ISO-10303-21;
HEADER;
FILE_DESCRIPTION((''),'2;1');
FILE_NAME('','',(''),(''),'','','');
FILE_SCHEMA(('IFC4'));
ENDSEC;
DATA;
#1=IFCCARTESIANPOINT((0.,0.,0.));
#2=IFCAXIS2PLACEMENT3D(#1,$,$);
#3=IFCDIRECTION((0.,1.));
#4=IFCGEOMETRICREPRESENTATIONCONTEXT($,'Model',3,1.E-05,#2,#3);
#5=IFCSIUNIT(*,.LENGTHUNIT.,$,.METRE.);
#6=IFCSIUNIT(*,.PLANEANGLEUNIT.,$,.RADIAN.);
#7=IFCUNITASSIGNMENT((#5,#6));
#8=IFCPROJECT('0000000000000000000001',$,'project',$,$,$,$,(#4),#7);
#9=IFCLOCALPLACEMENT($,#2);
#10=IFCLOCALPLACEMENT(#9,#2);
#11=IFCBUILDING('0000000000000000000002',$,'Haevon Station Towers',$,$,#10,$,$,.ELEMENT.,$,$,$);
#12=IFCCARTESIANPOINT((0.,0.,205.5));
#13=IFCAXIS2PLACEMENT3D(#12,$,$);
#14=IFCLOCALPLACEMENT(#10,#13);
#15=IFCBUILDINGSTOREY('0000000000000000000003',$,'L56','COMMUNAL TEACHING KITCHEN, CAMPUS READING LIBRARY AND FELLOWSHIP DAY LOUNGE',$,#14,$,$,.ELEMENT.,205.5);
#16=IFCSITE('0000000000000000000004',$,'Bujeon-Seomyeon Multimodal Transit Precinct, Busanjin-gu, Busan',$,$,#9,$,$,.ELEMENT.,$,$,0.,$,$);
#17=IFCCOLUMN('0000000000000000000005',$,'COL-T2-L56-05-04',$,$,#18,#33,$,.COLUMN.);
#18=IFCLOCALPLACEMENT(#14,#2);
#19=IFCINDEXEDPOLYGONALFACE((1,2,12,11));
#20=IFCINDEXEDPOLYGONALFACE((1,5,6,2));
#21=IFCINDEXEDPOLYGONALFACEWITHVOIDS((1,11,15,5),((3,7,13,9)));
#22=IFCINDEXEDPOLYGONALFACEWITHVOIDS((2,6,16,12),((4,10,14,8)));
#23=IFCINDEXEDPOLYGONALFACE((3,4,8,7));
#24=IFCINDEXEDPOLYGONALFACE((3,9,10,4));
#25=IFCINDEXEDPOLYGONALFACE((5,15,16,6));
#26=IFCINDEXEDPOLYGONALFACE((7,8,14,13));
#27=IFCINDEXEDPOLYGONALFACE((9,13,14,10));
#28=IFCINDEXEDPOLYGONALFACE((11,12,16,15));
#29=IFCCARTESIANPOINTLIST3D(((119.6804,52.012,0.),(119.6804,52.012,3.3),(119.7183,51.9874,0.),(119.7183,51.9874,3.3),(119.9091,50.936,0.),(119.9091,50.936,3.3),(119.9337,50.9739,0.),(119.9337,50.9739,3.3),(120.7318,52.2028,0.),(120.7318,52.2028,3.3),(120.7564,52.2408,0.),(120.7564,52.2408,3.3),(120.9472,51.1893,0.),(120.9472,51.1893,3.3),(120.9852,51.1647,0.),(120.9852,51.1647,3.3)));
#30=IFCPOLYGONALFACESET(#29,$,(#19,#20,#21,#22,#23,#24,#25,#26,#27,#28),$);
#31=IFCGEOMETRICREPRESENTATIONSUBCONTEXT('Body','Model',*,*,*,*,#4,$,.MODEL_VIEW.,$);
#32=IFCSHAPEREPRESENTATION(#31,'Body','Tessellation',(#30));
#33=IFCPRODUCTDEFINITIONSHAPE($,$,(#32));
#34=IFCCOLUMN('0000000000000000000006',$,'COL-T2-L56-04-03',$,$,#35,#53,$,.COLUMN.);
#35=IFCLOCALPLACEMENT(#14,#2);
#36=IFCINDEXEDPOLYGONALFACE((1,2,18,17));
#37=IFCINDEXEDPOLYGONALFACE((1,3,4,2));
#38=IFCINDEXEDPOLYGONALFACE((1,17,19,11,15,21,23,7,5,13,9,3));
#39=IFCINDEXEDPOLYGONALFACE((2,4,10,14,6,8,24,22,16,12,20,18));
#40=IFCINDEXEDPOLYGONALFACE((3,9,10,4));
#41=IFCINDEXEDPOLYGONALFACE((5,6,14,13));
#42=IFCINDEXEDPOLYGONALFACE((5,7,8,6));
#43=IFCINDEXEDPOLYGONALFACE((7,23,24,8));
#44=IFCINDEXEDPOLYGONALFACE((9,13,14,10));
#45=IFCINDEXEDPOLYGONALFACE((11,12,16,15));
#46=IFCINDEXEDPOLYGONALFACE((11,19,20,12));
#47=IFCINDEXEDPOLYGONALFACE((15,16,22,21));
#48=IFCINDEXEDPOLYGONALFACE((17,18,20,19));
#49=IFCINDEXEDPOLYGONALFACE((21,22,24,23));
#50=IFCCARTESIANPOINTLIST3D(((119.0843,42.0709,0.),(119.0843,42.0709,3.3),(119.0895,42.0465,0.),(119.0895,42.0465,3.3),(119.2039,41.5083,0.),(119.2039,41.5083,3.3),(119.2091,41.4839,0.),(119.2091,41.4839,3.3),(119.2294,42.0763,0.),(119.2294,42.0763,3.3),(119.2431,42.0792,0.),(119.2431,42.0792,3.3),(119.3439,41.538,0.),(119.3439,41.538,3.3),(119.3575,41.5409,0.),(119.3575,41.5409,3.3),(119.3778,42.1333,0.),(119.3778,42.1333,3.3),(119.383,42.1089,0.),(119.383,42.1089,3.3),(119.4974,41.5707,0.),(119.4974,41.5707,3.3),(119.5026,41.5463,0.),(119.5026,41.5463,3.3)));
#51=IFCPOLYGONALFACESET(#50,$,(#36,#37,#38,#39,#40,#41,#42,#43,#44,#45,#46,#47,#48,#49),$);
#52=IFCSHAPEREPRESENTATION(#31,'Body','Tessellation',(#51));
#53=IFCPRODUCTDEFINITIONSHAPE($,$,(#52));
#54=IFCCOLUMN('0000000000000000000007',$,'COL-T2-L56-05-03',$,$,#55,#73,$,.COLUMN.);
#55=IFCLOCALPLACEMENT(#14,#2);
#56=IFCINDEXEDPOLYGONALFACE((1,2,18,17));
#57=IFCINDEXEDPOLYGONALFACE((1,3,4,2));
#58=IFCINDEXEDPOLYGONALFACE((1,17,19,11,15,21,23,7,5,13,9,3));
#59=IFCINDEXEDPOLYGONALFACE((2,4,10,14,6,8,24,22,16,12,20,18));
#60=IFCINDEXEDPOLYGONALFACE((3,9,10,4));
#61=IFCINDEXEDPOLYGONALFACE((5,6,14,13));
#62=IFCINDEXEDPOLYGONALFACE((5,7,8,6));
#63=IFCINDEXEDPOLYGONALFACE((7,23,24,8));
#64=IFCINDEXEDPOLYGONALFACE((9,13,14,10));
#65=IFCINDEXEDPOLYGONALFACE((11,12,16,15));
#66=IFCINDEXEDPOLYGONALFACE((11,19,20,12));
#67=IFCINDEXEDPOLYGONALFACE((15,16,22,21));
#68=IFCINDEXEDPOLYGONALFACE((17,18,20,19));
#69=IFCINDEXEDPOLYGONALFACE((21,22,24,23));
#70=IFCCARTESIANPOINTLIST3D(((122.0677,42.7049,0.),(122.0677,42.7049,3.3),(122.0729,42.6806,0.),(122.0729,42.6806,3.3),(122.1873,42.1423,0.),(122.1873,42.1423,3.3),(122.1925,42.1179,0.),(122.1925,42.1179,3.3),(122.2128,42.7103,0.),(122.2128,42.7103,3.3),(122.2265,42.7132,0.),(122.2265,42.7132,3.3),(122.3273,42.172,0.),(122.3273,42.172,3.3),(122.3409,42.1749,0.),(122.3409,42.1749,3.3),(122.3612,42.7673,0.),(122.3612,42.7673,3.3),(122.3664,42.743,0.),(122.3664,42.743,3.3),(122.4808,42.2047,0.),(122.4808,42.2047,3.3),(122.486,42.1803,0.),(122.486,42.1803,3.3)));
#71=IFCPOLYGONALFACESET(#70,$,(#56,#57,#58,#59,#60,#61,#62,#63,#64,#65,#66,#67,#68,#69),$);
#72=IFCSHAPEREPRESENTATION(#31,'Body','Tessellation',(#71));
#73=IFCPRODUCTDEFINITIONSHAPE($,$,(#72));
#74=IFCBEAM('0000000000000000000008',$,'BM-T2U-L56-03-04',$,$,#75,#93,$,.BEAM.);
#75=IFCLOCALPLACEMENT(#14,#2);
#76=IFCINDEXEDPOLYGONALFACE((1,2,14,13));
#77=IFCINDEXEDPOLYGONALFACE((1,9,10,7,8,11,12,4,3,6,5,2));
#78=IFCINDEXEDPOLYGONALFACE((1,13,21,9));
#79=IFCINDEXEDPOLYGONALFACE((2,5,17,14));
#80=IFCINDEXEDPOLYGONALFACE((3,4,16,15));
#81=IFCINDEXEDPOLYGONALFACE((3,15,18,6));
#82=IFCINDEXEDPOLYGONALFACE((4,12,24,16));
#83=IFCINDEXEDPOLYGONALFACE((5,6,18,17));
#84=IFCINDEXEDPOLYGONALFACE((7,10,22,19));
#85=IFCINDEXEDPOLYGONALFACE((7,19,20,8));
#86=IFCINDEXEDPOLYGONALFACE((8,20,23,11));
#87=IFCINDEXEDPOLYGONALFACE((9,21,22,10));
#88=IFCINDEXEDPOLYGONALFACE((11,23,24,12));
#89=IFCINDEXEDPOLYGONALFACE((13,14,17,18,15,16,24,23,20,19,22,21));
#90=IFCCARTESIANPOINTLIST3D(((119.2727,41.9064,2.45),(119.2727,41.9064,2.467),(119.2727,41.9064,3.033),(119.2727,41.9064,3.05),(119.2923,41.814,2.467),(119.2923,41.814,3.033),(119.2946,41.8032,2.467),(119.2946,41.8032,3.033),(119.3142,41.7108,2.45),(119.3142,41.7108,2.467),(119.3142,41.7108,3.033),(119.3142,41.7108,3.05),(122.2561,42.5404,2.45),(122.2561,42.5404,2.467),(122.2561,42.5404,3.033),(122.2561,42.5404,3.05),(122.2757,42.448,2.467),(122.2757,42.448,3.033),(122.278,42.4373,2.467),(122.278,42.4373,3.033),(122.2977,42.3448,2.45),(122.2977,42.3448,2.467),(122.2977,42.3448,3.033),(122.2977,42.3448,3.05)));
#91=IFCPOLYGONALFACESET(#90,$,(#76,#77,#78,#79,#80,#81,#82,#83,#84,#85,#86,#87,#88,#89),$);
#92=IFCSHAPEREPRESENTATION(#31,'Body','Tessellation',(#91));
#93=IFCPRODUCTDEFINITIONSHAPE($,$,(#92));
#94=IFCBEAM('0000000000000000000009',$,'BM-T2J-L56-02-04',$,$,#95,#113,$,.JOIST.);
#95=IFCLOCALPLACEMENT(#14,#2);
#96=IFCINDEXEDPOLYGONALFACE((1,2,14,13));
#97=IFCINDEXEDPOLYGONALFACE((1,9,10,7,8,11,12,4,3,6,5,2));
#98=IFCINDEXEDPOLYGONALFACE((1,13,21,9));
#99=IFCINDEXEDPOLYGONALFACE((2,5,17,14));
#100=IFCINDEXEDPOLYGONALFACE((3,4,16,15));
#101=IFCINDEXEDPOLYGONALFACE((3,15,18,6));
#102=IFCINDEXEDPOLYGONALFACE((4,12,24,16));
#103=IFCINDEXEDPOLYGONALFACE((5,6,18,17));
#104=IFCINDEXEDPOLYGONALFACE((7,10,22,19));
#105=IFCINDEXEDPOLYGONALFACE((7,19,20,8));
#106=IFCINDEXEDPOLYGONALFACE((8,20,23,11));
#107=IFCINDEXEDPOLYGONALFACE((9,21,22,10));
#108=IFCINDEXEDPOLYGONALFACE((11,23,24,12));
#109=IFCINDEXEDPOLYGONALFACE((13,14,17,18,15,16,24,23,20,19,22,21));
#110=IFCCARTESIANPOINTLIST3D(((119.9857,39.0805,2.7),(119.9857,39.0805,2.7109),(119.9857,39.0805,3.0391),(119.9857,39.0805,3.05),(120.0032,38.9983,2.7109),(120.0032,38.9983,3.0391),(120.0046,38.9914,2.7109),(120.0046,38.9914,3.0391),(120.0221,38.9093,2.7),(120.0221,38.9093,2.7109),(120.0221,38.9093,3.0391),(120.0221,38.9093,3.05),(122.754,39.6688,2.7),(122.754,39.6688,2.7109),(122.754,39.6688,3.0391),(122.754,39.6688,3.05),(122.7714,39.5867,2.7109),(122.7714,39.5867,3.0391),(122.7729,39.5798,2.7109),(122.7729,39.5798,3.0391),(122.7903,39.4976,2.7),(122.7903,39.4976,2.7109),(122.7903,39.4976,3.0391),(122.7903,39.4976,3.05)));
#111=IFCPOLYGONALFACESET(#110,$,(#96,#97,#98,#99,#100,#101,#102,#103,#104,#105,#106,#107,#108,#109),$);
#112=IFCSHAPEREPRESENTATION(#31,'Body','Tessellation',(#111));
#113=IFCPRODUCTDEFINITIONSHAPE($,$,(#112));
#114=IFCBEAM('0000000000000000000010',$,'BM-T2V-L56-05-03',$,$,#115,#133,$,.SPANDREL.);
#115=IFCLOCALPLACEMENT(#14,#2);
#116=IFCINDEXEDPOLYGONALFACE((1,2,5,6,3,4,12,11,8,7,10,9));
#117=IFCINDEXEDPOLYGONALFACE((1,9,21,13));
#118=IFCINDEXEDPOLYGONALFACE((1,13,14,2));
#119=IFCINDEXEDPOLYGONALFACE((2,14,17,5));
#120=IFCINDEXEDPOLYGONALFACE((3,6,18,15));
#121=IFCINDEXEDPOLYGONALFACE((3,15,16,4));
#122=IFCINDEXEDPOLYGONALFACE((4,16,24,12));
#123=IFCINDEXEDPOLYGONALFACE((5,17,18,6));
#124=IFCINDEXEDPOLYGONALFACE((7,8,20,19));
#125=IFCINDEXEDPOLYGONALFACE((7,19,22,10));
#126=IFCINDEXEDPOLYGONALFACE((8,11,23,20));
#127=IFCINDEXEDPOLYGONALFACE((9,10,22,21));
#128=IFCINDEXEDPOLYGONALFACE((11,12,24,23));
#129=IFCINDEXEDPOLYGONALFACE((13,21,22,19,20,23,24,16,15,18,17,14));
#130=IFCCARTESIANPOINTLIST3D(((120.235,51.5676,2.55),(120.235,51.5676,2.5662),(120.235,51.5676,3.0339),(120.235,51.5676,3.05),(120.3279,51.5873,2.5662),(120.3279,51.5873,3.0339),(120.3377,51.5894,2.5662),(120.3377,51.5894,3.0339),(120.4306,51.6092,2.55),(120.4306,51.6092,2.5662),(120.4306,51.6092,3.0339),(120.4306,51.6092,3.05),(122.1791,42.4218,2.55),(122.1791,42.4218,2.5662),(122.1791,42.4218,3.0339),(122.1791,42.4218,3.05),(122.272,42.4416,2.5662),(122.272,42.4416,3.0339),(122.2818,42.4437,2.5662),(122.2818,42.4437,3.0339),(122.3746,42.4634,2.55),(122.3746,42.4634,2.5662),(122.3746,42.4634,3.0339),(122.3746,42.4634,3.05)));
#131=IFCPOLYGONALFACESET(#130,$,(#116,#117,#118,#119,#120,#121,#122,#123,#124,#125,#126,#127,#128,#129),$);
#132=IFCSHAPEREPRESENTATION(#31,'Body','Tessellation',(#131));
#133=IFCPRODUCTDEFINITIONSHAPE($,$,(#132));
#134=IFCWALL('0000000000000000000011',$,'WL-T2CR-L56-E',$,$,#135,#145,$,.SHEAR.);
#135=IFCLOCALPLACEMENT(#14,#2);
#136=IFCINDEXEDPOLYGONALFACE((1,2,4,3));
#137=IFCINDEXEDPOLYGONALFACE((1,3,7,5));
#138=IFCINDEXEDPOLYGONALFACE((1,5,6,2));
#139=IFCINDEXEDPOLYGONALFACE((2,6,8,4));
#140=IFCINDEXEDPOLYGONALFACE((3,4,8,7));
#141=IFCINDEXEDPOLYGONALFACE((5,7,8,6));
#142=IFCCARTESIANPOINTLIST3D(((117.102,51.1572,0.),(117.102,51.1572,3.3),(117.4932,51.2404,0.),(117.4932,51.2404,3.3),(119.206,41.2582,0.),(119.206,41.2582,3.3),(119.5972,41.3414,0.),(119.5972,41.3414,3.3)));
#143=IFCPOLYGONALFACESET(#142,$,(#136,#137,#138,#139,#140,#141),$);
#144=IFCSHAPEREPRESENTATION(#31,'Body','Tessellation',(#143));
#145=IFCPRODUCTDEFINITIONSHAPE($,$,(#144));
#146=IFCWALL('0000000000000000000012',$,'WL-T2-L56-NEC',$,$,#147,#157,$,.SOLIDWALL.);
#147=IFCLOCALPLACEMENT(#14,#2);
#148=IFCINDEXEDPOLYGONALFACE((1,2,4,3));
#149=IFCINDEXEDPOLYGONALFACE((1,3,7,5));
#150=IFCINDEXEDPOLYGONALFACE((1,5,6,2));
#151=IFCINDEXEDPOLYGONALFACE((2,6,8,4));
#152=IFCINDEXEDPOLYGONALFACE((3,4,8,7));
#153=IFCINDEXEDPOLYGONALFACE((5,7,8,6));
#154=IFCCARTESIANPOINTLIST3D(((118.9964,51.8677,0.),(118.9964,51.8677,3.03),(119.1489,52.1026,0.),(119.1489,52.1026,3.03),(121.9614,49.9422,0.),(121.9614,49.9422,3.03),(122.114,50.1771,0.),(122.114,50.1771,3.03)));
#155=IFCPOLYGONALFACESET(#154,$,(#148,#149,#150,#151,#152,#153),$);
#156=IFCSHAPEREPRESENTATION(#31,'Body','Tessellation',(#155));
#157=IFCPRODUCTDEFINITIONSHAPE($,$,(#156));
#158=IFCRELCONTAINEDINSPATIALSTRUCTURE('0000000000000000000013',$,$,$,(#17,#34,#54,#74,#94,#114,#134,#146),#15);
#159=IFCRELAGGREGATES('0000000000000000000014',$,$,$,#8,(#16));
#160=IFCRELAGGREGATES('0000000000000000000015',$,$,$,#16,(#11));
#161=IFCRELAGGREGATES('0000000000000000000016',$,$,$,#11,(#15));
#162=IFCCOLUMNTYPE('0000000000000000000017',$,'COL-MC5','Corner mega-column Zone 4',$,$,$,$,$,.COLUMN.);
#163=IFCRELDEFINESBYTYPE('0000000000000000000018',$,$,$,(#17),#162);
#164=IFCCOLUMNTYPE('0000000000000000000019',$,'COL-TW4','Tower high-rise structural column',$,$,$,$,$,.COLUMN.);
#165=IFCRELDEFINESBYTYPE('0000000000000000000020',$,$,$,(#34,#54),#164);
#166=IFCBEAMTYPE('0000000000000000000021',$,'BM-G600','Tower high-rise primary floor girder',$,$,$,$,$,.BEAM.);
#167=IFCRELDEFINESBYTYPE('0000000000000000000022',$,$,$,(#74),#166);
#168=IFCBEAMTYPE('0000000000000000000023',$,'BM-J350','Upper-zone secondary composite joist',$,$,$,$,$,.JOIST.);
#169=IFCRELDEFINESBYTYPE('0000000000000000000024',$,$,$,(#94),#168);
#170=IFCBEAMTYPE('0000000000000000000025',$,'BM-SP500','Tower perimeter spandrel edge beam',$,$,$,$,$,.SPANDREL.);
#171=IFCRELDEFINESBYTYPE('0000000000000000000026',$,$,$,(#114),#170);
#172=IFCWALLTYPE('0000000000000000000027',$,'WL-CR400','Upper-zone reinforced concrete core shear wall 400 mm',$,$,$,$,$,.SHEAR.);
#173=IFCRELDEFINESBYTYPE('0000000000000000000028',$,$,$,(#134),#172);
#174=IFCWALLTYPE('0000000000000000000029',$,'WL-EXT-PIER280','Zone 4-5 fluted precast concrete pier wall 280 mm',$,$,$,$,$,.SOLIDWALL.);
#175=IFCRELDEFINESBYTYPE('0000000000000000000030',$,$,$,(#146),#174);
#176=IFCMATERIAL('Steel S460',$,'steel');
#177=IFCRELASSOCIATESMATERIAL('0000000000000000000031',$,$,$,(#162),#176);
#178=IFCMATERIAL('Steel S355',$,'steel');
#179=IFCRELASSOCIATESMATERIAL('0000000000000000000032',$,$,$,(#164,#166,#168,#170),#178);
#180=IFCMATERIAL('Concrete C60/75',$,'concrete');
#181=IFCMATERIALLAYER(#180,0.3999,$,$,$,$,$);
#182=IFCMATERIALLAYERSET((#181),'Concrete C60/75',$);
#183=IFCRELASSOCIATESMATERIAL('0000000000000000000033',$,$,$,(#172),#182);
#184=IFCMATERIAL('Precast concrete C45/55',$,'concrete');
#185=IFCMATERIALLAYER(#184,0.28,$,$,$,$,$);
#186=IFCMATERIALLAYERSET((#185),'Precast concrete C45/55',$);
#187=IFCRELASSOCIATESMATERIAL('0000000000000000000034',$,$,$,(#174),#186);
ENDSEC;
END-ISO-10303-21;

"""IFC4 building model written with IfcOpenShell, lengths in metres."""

from ifc_helpers import new_model, si_unit, direction, frame, frame_2d, origin, origin_2d, place, context, subcontext, project, spatial, rectangle, hollow_rectangle, i_section, extrude, material, layer, layer_set, material_profile, profile_set, type_object, element, save


model = new_model("IFC4")

# Units and contexts
model_context = context("Model", 3, precision=1e-05, world=origin(), true_north=direction((0.0, 1.0)))
body_context = subcontext(model_context, "Body", "Model", "MODEL_VIEW")
ifc_project = project(units=[si_unit("LENGTHUNIT", "METRE"), si_unit("PLANEANGLEUNIT", "RADIAN")], contexts=[model_context])

# Site, building, storey
site_placement = place(None, origin())
site = spatial("IfcSite", under=ifc_project, at=site_placement, Name="Bujeon-Seomyeon Multimodal Transit Precinct, Busanjin-gu, Busan", CompositionType="ELEMENT", RefElevation=0.0)
building_placement = place(site_placement, origin())
building = spatial("IfcBuilding", under=site, at=building_placement, Name="Haevon Station Towers", CompositionType="ELEMENT")
storey_placement = place(building_placement, frame((0.0, 0.0, 205.5)))
storey = spatial("IfcBuildingStorey", under=building, at=storey_placement, Name="L56", Description="COMMUNAL TEACHING KITCHEN, CAMPUS READING LIBRARY AND FELLOWSHIP DAY LOUNGE", CompositionType="ELEMENT", Elevation=205.5)

# Columns
ifc_material_1 = material(Name="Steel S460", Category="steel")
ifc_material_profile_1 = material_profile(ifc_material_1, hollow_rectangle(XDim=1.1001, YDim=1.1001, WallThickness=0.032, at=origin_2d()), Name="BOX-1100x1100x32")
ifc_profile_set_1 = profile_set([ifc_material_profile_1], Name="Steel S460")
column_type_1 = type_object("IfcColumnType", Name="COL-MC5", Description="Corner mega-column Zone 4", PredefinedType="COLUMN", material=ifc_profile_set_1)
column_placement = place(storey_placement, frame((120.3328, 51.5884, 0.0), z_axis=(0.0, 0.0, 1.0), x_axis=(0.978148, 0.207912, 0.0)))
element("IfcColumn", 1, at=column_placement, inside=storey, type_object=column_type_1, Name="COL-T2-L56-05-04", PredefinedType="COLUMN", context=body_context, shape_type="SweptSolid", body=[
    extrude(hollow_rectangle(XDim=1.1001, YDim=1.1001, WallThickness=0.032, at=origin_2d()), origin(), (0.0, 0.0, 1.0), 3.3),
])
ifc_material_2 = material(Name="Steel S355", Category="steel")
ifc_material_profile_2 = material_profile(ifc_material_2, i_section(OverallWidth=0.3, OverallDepth=0.6001, WebThickness=0.0139, FlangeThickness=0.0249, at=origin_2d()), Name="H-600x300x14x25")
ifc_profile_set_2 = profile_set([ifc_material_profile_2], Name="Steel S355")
column_type_2 = type_object("IfcColumnType", Name="COL-TW4", Description="Tower high-rise structural column", PredefinedType="COLUMN", material=ifc_profile_set_2)
for number, where, z_axis, x_axis, name in (
    (2, (119.2935, 41.8086, 0.0), (0.0, 0.0, 1.0), (0.978148, 0.207912, 0.0), "COL-T2-L56-04-03"),
    (3, (122.2769, 42.4426, 0.0), (0.0, 0.0, 1.0), (0.978148, 0.207912, 0.0), "COL-T2-L56-05-03"),
):
    element("IfcColumn", number, at=place(storey_placement, frame(where, z_axis=z_axis, x_axis=x_axis)), inside=storey, type_object=column_type_2, Name=name, PredefinedType="COLUMN", context=body_context, shape_type="SweptSolid", body=[
        extrude(i_section(OverallWidth=0.3, OverallDepth=0.6001, WebThickness=0.0139, FlangeThickness=0.0249, at=origin_2d()), origin(), (0.0, 0.0, 1.0), 3.3),
    ])

# Beams
ifc_material_profile_3 = material_profile(ifc_material_2, i_section(OverallWidth=0.2, OverallDepth=0.6001, WebThickness=0.011, FlangeThickness=0.0171, at=origin_2d()), Name="H-600x200x11x17")
ifc_profile_set_3 = profile_set([ifc_material_profile_3], Name="Steel S355")
beam_type_1 = type_object("IfcBeamType", Name="BM-G600", Description="Tower high-rise primary floor girder", PredefinedType="BEAM", material=ifc_profile_set_3)
beam_1_placement = place(storey_placement, frame((119.2935, 41.8086, 2.75), z_axis=(0.978155, 0.207878, 0.0), x_axis=(-0.207878, 0.978155, 0.0)))
element("IfcBeam", 4, at=beam_1_placement, inside=storey, type_object=beam_type_1, Name="BM-T2U-L56-03-04", PredefinedType="BEAM", context=body_context, shape_type="SweptSolid", body=[
    extrude(i_section(OverallWidth=0.2, OverallDepth=0.6001, WebThickness=0.011, FlangeThickness=0.0171, at=origin_2d()), origin(), (0.0, 0.0, 1.0), 3.05),
])
ifc_material_profile_4 = material_profile(ifc_material_2, i_section(OverallWidth=0.175, OverallDepth=0.3501, WebThickness=0.0071, FlangeThickness=0.011, at=origin_2d()), Name="H-350x175x7x11")
ifc_profile_set_4 = profile_set([ifc_material_profile_4], Name="Steel S355")
beam_type_2 = type_object("IfcBeamType", Name="BM-J350", Description="Upper-zone secondary composite joist", PredefinedType="JOIST", material=ifc_profile_set_4)
beam_2_placement = place(storey_placement, frame((120.0039, 38.9949, 2.875), z_axis=(0.978151, 0.207897, 0.0), x_axis=(-0.207897, 0.978151, 0.0)))
element("IfcBeam", 5, at=beam_2_placement, inside=storey, type_object=beam_type_2, Name="BM-T2J-L56-02-04", PredefinedType="JOIST", context=body_context, shape_type="SweptSolid", body=[
    extrude(i_section(OverallWidth=0.175, OverallDepth=0.3501, WebThickness=0.0071, FlangeThickness=0.011, at=origin_2d()), origin(), (0.0, 0.0, 1.0), 2.8301),
])
ifc_material_profile_5 = material_profile(ifc_material_2, i_section(OverallWidth=0.2, OverallDepth=0.5, WebThickness=0.01, FlangeThickness=0.0161, at=origin_2d()), Name="H-500x200x10x16")
ifc_profile_set_5 = profile_set([ifc_material_profile_5], Name="Steel S355")
beam_type_3 = type_object("IfcBeamType", Name="BM-SP500", Description="Tower perimeter spandrel edge beam", PredefinedType="SPANDREL", material=ifc_profile_set_5)
beam_3_placement = place(storey_placement, frame((122.2769, 42.4426, 2.8), z_axis=(-0.207922, 0.978145, 0.0), x_axis=(-0.978145, -0.207922, 0.0)))
element("IfcBeam", 6, at=beam_3_placement, inside=storey, type_object=beam_type_3, Name="BM-T2V-L56-05-03", PredefinedType="SPANDREL", context=body_context, shape_type="SweptSolid", body=[
    extrude(i_section(OverallWidth=0.2, OverallDepth=0.5, WebThickness=0.01, FlangeThickness=0.0161, at=origin_2d()), origin(), (0.0, 0.0, 1.0), 9.3501),
])

# Walls
ifc_material_3 = material(Name="Concrete C60/75", Category="concrete")
ifc_layer_1 = layer(ifc_material_3, 0.3999)
ifc_layer_set_1 = layer_set([ifc_layer_1], Name="Concrete C60/75")
wall_type_1 = type_object("IfcWallType", Name="WL-CR400", Description="Upper-zone reinforced concrete core shear wall 400 mm", PredefinedType="SHEAR", material=ifc_layer_set_1)
wall_1_placement = place(storey_placement, frame((119.4016, 41.2998, 0.0), z_axis=(0.0, 0.0, 1.0), x_axis=(-0.207904, 0.978149, 0.0)))
element("IfcWall", 7, at=wall_1_placement, inside=storey, type_object=wall_type_1, Name="WL-T2CR-L56-E", PredefinedType="SHEAR", context=body_context, shape_type="SweptSolid", body=[
    extrude(rectangle(XDim=10.1201, YDim=0.3999, at=frame_2d((5.0601, 0.0))), origin(), (0.0, 0.0, 1.0), 3.3),
])
ifc_material_4 = material(Name="Precast concrete C45/55", Category="concrete")
ifc_layer_2 = layer(ifc_material_4, 0.28)
ifc_layer_set_2 = layer_set([ifc_layer_2], Name="Precast concrete C45/55")
wall_type_2 = type_object("IfcWallType", Name="WL-EXT-PIER280", Description="Zone 4-5 fluted precast concrete pier wall 280 mm", PredefinedType="SOLIDWALL", material=ifc_layer_set_2)
wall_2_placement = place(storey_placement, frame((119.0728, 51.9851, 0.0), z_axis=(0.0, 0.0, 1.0), x_axis=(0.838672, -0.544636, 0.0)))
element("IfcWall", 8, at=wall_2_placement, inside=storey, type_object=wall_type_2, Name="WL-T2-L56-NEC", PredefinedType="SOLIDWALL", context=body_context, shape_type="SweptSolid", body=[
    extrude(rectangle(XDim=3.5354, YDim=0.28, at=frame_2d((1.7676, 0.0))), origin(), (0.0, 0.0, 1.0), 3.03),
])

save(model, "model.ifc")
